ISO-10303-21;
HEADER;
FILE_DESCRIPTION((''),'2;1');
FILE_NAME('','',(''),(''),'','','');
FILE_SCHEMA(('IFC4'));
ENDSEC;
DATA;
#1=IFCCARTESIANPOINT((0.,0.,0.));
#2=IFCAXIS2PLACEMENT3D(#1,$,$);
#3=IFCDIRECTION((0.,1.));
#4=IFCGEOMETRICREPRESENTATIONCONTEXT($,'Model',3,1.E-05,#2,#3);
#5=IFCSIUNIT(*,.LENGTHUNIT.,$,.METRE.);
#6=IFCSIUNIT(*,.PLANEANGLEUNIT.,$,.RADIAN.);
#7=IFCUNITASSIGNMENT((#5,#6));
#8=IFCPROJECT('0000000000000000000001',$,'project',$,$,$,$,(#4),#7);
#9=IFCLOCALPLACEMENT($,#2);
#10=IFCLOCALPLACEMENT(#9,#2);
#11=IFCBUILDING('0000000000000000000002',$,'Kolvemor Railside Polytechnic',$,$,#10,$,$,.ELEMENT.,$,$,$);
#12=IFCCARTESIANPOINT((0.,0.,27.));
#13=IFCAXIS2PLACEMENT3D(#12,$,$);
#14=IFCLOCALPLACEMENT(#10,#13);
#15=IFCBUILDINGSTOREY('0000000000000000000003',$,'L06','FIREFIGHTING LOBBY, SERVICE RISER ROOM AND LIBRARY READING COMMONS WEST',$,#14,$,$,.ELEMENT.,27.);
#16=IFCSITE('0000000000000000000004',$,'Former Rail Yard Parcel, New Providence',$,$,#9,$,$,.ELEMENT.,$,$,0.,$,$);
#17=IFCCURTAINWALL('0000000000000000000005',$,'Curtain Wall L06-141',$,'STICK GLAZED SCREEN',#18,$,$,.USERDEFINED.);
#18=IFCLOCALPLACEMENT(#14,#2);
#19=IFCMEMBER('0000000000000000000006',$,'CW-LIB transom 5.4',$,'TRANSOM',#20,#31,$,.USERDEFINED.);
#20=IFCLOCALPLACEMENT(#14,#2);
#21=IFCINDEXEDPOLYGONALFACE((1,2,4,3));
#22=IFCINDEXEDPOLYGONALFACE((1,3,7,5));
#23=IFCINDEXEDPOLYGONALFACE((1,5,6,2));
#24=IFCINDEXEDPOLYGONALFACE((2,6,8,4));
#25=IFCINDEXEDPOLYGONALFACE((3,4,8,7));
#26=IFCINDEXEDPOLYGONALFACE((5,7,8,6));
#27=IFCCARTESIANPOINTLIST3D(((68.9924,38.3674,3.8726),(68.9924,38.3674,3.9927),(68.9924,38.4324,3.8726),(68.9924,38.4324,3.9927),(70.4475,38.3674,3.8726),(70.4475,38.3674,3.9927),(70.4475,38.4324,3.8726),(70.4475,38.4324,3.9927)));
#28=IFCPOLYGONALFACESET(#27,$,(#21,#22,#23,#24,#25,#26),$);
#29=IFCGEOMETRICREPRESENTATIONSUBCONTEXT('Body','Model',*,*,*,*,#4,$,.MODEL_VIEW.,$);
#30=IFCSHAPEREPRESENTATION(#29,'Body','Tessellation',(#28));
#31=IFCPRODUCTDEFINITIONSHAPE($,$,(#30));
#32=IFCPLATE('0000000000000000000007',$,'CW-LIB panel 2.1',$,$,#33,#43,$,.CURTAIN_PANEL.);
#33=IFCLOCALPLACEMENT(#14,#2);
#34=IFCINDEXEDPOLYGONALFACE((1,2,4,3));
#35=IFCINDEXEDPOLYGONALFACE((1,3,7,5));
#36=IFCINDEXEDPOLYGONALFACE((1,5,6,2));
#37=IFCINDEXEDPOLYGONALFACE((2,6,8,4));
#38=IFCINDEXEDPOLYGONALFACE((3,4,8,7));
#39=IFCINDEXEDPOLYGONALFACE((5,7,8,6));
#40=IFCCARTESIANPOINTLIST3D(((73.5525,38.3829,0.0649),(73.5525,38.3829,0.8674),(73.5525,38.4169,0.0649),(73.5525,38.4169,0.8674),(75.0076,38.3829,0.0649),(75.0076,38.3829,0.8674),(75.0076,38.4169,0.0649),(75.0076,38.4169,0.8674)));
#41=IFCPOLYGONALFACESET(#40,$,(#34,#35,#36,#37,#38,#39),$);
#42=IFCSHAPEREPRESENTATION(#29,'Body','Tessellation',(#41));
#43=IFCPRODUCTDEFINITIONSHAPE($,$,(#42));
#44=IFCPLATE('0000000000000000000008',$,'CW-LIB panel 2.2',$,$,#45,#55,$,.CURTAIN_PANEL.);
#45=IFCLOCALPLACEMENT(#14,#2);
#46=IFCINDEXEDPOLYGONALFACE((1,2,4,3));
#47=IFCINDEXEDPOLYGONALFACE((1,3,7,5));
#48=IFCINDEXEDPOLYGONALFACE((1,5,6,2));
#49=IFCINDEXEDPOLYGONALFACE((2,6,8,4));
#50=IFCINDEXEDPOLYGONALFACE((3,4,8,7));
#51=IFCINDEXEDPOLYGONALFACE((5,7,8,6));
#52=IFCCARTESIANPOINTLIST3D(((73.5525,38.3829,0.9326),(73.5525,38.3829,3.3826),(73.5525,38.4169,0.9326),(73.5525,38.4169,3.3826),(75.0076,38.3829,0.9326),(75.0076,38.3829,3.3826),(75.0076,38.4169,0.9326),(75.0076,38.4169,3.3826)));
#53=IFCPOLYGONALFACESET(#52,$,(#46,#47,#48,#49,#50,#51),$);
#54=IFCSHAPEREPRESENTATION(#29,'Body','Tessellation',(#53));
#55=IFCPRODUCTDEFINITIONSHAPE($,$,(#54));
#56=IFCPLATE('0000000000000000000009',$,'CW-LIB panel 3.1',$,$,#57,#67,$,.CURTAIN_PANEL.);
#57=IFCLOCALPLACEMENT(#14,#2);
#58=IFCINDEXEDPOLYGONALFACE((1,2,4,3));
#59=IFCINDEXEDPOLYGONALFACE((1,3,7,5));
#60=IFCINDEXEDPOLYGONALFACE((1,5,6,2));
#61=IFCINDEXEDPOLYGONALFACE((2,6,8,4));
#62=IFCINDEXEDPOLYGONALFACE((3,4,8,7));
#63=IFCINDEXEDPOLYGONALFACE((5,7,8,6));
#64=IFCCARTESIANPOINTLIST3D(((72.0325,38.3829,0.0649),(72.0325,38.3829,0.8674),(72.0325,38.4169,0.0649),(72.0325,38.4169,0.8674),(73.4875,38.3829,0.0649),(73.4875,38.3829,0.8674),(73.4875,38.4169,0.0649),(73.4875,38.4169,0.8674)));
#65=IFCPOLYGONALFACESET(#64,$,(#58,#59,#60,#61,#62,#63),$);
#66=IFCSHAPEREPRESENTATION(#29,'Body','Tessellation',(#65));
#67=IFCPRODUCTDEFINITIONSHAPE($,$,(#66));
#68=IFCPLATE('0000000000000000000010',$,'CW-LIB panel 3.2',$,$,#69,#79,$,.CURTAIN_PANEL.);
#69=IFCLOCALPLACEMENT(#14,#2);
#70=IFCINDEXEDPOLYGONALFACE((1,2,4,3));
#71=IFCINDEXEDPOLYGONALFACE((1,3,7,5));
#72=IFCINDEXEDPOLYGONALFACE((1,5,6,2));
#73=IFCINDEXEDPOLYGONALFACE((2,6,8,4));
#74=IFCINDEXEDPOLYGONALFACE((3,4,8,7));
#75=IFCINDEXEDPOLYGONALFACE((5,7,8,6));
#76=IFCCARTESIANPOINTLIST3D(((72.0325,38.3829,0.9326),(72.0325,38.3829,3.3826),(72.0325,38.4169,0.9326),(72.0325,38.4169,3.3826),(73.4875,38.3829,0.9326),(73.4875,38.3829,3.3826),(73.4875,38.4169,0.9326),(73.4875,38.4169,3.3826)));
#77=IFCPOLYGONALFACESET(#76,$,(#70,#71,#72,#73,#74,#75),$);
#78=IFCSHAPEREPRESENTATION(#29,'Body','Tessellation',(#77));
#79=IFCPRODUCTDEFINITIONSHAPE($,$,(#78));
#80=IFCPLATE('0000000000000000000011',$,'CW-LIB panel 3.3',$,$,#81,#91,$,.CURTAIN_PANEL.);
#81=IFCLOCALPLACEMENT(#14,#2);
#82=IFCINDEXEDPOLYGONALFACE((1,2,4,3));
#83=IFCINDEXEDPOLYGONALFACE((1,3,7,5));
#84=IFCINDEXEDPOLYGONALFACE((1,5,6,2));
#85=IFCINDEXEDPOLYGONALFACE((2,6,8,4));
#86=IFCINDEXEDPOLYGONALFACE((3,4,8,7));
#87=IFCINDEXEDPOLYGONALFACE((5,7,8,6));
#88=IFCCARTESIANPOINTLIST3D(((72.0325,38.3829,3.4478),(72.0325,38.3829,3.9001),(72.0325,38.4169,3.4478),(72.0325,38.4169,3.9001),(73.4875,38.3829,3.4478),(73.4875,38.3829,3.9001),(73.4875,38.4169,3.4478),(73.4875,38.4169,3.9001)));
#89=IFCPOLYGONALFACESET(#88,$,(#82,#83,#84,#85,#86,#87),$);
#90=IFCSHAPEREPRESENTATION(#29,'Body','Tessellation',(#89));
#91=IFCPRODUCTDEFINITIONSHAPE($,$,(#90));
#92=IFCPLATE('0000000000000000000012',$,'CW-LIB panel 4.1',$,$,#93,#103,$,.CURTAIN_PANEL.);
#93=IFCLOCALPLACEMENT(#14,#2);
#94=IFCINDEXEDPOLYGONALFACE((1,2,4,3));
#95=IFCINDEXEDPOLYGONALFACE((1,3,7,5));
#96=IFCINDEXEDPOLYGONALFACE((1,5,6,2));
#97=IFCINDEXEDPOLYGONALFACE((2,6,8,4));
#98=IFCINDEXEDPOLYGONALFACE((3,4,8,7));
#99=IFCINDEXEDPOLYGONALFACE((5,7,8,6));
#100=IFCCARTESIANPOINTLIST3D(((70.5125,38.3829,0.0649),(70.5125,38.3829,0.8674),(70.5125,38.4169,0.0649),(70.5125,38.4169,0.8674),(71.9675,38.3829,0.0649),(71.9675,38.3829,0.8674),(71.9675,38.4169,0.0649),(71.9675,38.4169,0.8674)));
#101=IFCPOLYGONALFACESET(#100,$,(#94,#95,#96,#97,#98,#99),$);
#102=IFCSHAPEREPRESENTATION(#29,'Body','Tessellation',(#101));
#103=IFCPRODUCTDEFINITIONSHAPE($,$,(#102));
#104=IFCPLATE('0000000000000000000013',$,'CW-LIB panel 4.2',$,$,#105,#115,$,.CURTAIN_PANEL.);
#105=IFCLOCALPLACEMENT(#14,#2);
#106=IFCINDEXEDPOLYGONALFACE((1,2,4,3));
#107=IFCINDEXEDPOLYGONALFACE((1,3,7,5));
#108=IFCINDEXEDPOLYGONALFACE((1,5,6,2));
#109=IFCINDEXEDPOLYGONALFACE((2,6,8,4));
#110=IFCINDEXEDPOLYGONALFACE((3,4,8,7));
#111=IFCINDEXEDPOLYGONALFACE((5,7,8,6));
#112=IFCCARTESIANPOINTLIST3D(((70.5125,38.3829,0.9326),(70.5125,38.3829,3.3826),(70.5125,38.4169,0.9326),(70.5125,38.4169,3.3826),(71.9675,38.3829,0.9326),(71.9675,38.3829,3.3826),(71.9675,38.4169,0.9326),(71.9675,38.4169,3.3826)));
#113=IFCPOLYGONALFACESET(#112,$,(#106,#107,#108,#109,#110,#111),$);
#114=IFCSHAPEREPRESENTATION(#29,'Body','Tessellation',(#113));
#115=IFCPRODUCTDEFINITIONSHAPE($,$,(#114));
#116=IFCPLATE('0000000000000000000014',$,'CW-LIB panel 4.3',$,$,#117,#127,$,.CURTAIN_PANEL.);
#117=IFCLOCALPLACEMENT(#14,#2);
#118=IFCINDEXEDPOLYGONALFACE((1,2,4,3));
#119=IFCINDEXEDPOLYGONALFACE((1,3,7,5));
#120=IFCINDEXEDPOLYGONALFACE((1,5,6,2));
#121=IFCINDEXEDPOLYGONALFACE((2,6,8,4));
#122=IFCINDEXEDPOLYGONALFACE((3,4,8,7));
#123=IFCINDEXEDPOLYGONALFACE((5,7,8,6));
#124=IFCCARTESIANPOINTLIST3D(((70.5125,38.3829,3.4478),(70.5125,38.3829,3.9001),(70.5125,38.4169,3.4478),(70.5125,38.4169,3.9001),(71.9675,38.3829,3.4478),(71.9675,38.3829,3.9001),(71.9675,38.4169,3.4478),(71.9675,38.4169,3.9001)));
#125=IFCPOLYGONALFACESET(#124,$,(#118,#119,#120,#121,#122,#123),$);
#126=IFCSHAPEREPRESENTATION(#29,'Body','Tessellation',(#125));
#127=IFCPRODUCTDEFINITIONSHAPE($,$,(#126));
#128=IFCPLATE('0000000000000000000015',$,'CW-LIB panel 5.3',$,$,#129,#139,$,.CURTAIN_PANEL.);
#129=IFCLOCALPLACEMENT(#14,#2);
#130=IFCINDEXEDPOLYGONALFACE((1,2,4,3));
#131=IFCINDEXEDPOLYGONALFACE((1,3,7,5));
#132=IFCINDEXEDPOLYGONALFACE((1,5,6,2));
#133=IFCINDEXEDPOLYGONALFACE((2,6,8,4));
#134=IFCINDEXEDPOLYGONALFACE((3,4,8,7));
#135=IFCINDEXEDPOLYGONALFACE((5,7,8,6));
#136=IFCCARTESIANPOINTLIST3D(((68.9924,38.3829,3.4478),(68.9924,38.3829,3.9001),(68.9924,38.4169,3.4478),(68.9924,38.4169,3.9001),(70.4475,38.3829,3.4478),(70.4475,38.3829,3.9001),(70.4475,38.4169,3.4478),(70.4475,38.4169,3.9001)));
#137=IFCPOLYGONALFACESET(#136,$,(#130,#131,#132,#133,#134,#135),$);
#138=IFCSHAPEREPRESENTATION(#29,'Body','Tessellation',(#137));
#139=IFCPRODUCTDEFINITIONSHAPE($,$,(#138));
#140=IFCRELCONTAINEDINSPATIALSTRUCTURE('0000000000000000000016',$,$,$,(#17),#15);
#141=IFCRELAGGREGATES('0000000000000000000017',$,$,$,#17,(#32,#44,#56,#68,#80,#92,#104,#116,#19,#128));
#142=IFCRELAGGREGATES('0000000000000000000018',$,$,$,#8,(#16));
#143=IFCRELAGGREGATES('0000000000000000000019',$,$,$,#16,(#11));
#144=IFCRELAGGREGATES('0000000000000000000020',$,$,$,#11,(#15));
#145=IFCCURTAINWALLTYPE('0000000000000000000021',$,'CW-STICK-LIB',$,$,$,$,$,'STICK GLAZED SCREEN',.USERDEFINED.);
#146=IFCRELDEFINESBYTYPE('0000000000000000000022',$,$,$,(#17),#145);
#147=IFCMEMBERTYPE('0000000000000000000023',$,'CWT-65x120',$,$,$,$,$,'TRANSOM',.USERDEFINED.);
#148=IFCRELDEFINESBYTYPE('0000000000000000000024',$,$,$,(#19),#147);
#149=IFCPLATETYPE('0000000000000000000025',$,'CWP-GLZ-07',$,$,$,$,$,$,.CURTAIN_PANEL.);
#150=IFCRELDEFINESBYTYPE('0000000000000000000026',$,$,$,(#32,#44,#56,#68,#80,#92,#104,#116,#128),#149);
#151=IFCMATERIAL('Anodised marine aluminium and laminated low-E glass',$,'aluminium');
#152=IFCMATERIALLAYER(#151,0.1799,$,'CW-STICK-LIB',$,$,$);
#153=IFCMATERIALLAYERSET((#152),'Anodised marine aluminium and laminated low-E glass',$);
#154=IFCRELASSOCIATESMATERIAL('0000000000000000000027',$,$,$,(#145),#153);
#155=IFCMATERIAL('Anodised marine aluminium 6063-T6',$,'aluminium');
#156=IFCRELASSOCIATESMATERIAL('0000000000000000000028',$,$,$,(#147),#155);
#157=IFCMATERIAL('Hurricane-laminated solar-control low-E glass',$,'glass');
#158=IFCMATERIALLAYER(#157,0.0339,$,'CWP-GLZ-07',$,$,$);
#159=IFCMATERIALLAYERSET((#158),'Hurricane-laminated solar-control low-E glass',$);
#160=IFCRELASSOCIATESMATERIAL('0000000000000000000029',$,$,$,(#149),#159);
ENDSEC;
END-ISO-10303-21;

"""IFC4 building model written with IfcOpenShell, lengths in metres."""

from ifc_helpers import new_model, si_unit, direction, frame, origin, origin_2d, place, context, subcontext, project, spatial, rectangle, extrude, material, layer, layer_set, material_profile, profile_set, type_object, element, aggregate, save


model = new_model("IFC4")

# Units and contexts
model_context = context("Model", 3, precision=1e-05, world=origin(), true_north=direction((0.0, 1.0)))
body_context = subcontext(model_context, "Body", "Model", "MODEL_VIEW")
ifc_project = project(units=[si_unit("LENGTHUNIT", "METRE"), si_unit("PLANEANGLEUNIT", "RADIAN")], contexts=[model_context])

# Site, building, storey
site_placement = place(None, origin())
site = spatial("IfcSite", under=ifc_project, at=site_placement, Name="Former Rail Yard Parcel, New Providence", CompositionType="ELEMENT", RefElevation=0.0)
building_placement = place(site_placement, origin())
building = spatial("IfcBuilding", under=site, at=building_placement, Name="Kolvemor Railside Polytechnic", CompositionType="ELEMENT")
storey_placement = place(building_placement, frame((0.0, 0.0, 27.0)))
storey = spatial("IfcBuildingStorey", under=building, at=storey_placement, Name="L06", Description="FIREFIGHTING LOBBY, SERVICE RISER ROOM AND LIBRARY READING COMMONS WEST", CompositionType="ELEMENT", Elevation=27.0)

# Curtain wall, member, plates
ifc_material_1 = material(Name="Anodised marine aluminium and laminated low-E glass", Category="aluminium")
ifc_layer_1 = layer(ifc_material_1, 0.1799, Name="CW-STICK-LIB")
ifc_layer_set_1 = layer_set([ifc_layer_1], Name="Anodised marine aluminium and laminated low-E glass")
curtain_wall_type = type_object("IfcCurtainWallType", Name="CW-STICK-LIB", ElementType="STICK GLAZED SCREEN", PredefinedType="USERDEFINED", material=ifc_layer_set_1)
curtain_wall_placement = place(storey_placement, origin())
curtain_wall = element("IfcCurtainWall", 1, at=curtain_wall_placement, inside=storey, type_object=curtain_wall_type, Name="Curtain Wall L06-141", ObjectType="STICK GLAZED SCREEN", PredefinedType="USERDEFINED")
ifc_material_2 = material(Name="Anodised marine aluminium 6063-T6", Category="aluminium")
ifc_material_profile_1 = material_profile(ifc_material_2, rectangle(XDim=0.0649, YDim=0.1201, at=origin_2d()), Name="CW-TRN-65x120")
ifc_profile_set_1 = profile_set([ifc_material_profile_1], Name="Anodised marine aluminium 6063-T6")
member_type_1 = type_object("IfcMemberType", Name="CWT-65x120", ElementType="TRANSOM", PredefinedType="USERDEFINED", material=ifc_profile_set_1)
member_1_placement = place(storey_placement, frame((70.4475, 38.3999, 3.9326), z_axis=(-1.0, 0.0, 0.0), x_axis=(0.0, -1.0, 0.0)))
member_1 = element("IfcMember", 2, at=member_1_placement, type_object=member_type_1, Name="CW-LIB transom 5.4", ObjectType="TRANSOM", PredefinedType="USERDEFINED", context=body_context, shape_type="SweptSolid", body=[
    extrude(rectangle(XDim=0.0649, YDim=0.1201, at=origin_2d()), origin(), (0.0, 0.0, 1.0), 1.4551),
])
ifc_material_3 = material(Name="Hurricane-laminated solar-control low-E glass", Category="glass")
ifc_layer_2 = layer(ifc_material_3, 0.0339, Name="CWP-GLZ-07")
ifc_layer_set_2 = layer_set([ifc_layer_2], Name="Hurricane-laminated solar-control low-E glass")
plate_type = type_object("IfcPlateType", Name="CWP-GLZ-07", PredefinedType="CURTAIN_PANEL", material=ifc_layer_set_2)
plate_1_placement = place(storey_placement, frame((74.28, 38.3999, 0.0649), z_axis=(0.0, 0.0, 1.0), x_axis=(-1.0, 0.0, 0.0)))
plate_1 = element("IfcPlate", 3, at=plate_1_placement, type_object=plate_type, Name="CW-LIB panel 2.1", PredefinedType="CURTAIN_PANEL", context=body_context, shape_type="SweptSolid", body=[
    extrude(rectangle(XDim=1.4551, YDim=0.0339, at=origin_2d()), origin(), (0.0, 0.0, 1.0), 0.8025),
])
plate_2_placement = place(storey_placement, frame((74.28, 38.3999, 0.9326), z_axis=(0.0, 0.0, 1.0), x_axis=(-1.0, 0.0, 0.0)))
plate_2 = element("IfcPlate", 4, at=plate_2_placement, type_object=plate_type, Name="CW-LIB panel 2.2", PredefinedType="CURTAIN_PANEL", context=body_context, shape_type="SweptSolid", body=[
    extrude(rectangle(XDim=1.4551, YDim=0.0339, at=origin_2d()), origin(), (0.0, 0.0, 1.0), 2.45),
])
plate_3_placement = place(storey_placement, frame((72.76, 38.3999, 0.0649), z_axis=(0.0, 0.0, 1.0), x_axis=(-1.0, 0.0, 0.0)))
plate_3 = element("IfcPlate", 5, at=plate_3_placement, type_object=plate_type, Name="CW-LIB panel 3.1", PredefinedType="CURTAIN_PANEL", context=body_context, shape_type="SweptSolid", body=[
    extrude(rectangle(XDim=1.4551, YDim=0.0339, at=origin_2d()), origin(), (0.0, 0.0, 1.0), 0.8025),
])
plate_4_placement = place(storey_placement, frame((72.76, 38.3999, 0.9326), z_axis=(0.0, 0.0, 1.0), x_axis=(-1.0, 0.0, 0.0)))
plate_4 = element("IfcPlate", 6, at=plate_4_placement, type_object=plate_type, Name="CW-LIB panel 3.2", PredefinedType="CURTAIN_PANEL", context=body_context, shape_type="SweptSolid", body=[
    extrude(rectangle(XDim=1.4551, YDim=0.0339, at=origin_2d()), origin(), (0.0, 0.0, 1.0), 2.45),
])
plate_5_placement = place(storey_placement, frame((72.76, 38.3999, 3.4478), z_axis=(0.0, 0.0, 1.0), x_axis=(-1.0, 0.0, 0.0)))
plate_5 = element("IfcPlate", 7, at=plate_5_placement, type_object=plate_type, Name="CW-LIB panel 3.3", PredefinedType="CURTAIN_PANEL", context=body_context, shape_type="SweptSolid", body=[
    extrude(rectangle(XDim=1.4551, YDim=0.0339, at=origin_2d()), origin(), (0.0, 0.0, 1.0), 0.4524),
])
plate_6_placement = place(storey_placement, frame((71.24, 38.3999, 0.0649), z_axis=(0.0, 0.0, 1.0), x_axis=(-1.0, 0.0, 0.0)))
plate_6 = element("IfcPlate", 8, at=plate_6_placement, type_object=plate_type, Name="CW-LIB panel 4.1", PredefinedType="CURTAIN_PANEL", context=body_context, shape_type="SweptSolid", body=[
    extrude(rectangle(XDim=1.4551, YDim=0.0339, at=origin_2d()), origin(), (0.0, 0.0, 1.0), 0.8025),
])
plate_7_placement = place(storey_placement, frame((71.24, 38.3999, 0.9326), z_axis=(0.0, 0.0, 1.0), x_axis=(-1.0, 0.0, 0.0)))
plate_7 = element("IfcPlate", 9, at=plate_7_placement, type_object=plate_type, Name="CW-LIB panel 4.2", PredefinedType="CURTAIN_PANEL", context=body_context, shape_type="SweptSolid", body=[
    extrude(rectangle(XDim=1.4551, YDim=0.0339, at=origin_2d()), origin(), (0.0, 0.0, 1.0), 2.45),
])
plate_8_placement = place(storey_placement, frame((71.24, 38.3999, 3.4478), z_axis=(0.0, 0.0, 1.0), x_axis=(-1.0, 0.0, 0.0)))
plate_8 = element("IfcPlate", 10, at=plate_8_placement, type_object=plate_type, Name="CW-LIB panel 4.3", PredefinedType="CURTAIN_PANEL", context=body_context, shape_type="SweptSolid", body=[
    extrude(rectangle(XDim=1.4551, YDim=0.0339, at=origin_2d()), origin(), (0.0, 0.0, 1.0), 0.4524),
])
plate_9_placement = place(storey_placement, frame((69.72, 38.3999, 3.4478), z_axis=(0.0, 0.0, 1.0), x_axis=(-1.0, 0.0, 0.0)))
plate_9 = element("IfcPlate", 11, at=plate_9_placement, type_object=plate_type, Name="CW-LIB panel 5.3", PredefinedType="CURTAIN_PANEL", context=body_context, shape_type="SweptSolid", body=[
    extrude(rectangle(XDim=1.4551, YDim=0.0339, at=origin_2d()), origin(), (0.0, 0.0, 1.0), 0.4524),
])
aggregate(curtain_wall, [plate_1, plate_2, plate_3, plate_4, plate_5, plate_6, plate_7, plate_8, member_1, plate_9])

save(model, "model.ifc")
